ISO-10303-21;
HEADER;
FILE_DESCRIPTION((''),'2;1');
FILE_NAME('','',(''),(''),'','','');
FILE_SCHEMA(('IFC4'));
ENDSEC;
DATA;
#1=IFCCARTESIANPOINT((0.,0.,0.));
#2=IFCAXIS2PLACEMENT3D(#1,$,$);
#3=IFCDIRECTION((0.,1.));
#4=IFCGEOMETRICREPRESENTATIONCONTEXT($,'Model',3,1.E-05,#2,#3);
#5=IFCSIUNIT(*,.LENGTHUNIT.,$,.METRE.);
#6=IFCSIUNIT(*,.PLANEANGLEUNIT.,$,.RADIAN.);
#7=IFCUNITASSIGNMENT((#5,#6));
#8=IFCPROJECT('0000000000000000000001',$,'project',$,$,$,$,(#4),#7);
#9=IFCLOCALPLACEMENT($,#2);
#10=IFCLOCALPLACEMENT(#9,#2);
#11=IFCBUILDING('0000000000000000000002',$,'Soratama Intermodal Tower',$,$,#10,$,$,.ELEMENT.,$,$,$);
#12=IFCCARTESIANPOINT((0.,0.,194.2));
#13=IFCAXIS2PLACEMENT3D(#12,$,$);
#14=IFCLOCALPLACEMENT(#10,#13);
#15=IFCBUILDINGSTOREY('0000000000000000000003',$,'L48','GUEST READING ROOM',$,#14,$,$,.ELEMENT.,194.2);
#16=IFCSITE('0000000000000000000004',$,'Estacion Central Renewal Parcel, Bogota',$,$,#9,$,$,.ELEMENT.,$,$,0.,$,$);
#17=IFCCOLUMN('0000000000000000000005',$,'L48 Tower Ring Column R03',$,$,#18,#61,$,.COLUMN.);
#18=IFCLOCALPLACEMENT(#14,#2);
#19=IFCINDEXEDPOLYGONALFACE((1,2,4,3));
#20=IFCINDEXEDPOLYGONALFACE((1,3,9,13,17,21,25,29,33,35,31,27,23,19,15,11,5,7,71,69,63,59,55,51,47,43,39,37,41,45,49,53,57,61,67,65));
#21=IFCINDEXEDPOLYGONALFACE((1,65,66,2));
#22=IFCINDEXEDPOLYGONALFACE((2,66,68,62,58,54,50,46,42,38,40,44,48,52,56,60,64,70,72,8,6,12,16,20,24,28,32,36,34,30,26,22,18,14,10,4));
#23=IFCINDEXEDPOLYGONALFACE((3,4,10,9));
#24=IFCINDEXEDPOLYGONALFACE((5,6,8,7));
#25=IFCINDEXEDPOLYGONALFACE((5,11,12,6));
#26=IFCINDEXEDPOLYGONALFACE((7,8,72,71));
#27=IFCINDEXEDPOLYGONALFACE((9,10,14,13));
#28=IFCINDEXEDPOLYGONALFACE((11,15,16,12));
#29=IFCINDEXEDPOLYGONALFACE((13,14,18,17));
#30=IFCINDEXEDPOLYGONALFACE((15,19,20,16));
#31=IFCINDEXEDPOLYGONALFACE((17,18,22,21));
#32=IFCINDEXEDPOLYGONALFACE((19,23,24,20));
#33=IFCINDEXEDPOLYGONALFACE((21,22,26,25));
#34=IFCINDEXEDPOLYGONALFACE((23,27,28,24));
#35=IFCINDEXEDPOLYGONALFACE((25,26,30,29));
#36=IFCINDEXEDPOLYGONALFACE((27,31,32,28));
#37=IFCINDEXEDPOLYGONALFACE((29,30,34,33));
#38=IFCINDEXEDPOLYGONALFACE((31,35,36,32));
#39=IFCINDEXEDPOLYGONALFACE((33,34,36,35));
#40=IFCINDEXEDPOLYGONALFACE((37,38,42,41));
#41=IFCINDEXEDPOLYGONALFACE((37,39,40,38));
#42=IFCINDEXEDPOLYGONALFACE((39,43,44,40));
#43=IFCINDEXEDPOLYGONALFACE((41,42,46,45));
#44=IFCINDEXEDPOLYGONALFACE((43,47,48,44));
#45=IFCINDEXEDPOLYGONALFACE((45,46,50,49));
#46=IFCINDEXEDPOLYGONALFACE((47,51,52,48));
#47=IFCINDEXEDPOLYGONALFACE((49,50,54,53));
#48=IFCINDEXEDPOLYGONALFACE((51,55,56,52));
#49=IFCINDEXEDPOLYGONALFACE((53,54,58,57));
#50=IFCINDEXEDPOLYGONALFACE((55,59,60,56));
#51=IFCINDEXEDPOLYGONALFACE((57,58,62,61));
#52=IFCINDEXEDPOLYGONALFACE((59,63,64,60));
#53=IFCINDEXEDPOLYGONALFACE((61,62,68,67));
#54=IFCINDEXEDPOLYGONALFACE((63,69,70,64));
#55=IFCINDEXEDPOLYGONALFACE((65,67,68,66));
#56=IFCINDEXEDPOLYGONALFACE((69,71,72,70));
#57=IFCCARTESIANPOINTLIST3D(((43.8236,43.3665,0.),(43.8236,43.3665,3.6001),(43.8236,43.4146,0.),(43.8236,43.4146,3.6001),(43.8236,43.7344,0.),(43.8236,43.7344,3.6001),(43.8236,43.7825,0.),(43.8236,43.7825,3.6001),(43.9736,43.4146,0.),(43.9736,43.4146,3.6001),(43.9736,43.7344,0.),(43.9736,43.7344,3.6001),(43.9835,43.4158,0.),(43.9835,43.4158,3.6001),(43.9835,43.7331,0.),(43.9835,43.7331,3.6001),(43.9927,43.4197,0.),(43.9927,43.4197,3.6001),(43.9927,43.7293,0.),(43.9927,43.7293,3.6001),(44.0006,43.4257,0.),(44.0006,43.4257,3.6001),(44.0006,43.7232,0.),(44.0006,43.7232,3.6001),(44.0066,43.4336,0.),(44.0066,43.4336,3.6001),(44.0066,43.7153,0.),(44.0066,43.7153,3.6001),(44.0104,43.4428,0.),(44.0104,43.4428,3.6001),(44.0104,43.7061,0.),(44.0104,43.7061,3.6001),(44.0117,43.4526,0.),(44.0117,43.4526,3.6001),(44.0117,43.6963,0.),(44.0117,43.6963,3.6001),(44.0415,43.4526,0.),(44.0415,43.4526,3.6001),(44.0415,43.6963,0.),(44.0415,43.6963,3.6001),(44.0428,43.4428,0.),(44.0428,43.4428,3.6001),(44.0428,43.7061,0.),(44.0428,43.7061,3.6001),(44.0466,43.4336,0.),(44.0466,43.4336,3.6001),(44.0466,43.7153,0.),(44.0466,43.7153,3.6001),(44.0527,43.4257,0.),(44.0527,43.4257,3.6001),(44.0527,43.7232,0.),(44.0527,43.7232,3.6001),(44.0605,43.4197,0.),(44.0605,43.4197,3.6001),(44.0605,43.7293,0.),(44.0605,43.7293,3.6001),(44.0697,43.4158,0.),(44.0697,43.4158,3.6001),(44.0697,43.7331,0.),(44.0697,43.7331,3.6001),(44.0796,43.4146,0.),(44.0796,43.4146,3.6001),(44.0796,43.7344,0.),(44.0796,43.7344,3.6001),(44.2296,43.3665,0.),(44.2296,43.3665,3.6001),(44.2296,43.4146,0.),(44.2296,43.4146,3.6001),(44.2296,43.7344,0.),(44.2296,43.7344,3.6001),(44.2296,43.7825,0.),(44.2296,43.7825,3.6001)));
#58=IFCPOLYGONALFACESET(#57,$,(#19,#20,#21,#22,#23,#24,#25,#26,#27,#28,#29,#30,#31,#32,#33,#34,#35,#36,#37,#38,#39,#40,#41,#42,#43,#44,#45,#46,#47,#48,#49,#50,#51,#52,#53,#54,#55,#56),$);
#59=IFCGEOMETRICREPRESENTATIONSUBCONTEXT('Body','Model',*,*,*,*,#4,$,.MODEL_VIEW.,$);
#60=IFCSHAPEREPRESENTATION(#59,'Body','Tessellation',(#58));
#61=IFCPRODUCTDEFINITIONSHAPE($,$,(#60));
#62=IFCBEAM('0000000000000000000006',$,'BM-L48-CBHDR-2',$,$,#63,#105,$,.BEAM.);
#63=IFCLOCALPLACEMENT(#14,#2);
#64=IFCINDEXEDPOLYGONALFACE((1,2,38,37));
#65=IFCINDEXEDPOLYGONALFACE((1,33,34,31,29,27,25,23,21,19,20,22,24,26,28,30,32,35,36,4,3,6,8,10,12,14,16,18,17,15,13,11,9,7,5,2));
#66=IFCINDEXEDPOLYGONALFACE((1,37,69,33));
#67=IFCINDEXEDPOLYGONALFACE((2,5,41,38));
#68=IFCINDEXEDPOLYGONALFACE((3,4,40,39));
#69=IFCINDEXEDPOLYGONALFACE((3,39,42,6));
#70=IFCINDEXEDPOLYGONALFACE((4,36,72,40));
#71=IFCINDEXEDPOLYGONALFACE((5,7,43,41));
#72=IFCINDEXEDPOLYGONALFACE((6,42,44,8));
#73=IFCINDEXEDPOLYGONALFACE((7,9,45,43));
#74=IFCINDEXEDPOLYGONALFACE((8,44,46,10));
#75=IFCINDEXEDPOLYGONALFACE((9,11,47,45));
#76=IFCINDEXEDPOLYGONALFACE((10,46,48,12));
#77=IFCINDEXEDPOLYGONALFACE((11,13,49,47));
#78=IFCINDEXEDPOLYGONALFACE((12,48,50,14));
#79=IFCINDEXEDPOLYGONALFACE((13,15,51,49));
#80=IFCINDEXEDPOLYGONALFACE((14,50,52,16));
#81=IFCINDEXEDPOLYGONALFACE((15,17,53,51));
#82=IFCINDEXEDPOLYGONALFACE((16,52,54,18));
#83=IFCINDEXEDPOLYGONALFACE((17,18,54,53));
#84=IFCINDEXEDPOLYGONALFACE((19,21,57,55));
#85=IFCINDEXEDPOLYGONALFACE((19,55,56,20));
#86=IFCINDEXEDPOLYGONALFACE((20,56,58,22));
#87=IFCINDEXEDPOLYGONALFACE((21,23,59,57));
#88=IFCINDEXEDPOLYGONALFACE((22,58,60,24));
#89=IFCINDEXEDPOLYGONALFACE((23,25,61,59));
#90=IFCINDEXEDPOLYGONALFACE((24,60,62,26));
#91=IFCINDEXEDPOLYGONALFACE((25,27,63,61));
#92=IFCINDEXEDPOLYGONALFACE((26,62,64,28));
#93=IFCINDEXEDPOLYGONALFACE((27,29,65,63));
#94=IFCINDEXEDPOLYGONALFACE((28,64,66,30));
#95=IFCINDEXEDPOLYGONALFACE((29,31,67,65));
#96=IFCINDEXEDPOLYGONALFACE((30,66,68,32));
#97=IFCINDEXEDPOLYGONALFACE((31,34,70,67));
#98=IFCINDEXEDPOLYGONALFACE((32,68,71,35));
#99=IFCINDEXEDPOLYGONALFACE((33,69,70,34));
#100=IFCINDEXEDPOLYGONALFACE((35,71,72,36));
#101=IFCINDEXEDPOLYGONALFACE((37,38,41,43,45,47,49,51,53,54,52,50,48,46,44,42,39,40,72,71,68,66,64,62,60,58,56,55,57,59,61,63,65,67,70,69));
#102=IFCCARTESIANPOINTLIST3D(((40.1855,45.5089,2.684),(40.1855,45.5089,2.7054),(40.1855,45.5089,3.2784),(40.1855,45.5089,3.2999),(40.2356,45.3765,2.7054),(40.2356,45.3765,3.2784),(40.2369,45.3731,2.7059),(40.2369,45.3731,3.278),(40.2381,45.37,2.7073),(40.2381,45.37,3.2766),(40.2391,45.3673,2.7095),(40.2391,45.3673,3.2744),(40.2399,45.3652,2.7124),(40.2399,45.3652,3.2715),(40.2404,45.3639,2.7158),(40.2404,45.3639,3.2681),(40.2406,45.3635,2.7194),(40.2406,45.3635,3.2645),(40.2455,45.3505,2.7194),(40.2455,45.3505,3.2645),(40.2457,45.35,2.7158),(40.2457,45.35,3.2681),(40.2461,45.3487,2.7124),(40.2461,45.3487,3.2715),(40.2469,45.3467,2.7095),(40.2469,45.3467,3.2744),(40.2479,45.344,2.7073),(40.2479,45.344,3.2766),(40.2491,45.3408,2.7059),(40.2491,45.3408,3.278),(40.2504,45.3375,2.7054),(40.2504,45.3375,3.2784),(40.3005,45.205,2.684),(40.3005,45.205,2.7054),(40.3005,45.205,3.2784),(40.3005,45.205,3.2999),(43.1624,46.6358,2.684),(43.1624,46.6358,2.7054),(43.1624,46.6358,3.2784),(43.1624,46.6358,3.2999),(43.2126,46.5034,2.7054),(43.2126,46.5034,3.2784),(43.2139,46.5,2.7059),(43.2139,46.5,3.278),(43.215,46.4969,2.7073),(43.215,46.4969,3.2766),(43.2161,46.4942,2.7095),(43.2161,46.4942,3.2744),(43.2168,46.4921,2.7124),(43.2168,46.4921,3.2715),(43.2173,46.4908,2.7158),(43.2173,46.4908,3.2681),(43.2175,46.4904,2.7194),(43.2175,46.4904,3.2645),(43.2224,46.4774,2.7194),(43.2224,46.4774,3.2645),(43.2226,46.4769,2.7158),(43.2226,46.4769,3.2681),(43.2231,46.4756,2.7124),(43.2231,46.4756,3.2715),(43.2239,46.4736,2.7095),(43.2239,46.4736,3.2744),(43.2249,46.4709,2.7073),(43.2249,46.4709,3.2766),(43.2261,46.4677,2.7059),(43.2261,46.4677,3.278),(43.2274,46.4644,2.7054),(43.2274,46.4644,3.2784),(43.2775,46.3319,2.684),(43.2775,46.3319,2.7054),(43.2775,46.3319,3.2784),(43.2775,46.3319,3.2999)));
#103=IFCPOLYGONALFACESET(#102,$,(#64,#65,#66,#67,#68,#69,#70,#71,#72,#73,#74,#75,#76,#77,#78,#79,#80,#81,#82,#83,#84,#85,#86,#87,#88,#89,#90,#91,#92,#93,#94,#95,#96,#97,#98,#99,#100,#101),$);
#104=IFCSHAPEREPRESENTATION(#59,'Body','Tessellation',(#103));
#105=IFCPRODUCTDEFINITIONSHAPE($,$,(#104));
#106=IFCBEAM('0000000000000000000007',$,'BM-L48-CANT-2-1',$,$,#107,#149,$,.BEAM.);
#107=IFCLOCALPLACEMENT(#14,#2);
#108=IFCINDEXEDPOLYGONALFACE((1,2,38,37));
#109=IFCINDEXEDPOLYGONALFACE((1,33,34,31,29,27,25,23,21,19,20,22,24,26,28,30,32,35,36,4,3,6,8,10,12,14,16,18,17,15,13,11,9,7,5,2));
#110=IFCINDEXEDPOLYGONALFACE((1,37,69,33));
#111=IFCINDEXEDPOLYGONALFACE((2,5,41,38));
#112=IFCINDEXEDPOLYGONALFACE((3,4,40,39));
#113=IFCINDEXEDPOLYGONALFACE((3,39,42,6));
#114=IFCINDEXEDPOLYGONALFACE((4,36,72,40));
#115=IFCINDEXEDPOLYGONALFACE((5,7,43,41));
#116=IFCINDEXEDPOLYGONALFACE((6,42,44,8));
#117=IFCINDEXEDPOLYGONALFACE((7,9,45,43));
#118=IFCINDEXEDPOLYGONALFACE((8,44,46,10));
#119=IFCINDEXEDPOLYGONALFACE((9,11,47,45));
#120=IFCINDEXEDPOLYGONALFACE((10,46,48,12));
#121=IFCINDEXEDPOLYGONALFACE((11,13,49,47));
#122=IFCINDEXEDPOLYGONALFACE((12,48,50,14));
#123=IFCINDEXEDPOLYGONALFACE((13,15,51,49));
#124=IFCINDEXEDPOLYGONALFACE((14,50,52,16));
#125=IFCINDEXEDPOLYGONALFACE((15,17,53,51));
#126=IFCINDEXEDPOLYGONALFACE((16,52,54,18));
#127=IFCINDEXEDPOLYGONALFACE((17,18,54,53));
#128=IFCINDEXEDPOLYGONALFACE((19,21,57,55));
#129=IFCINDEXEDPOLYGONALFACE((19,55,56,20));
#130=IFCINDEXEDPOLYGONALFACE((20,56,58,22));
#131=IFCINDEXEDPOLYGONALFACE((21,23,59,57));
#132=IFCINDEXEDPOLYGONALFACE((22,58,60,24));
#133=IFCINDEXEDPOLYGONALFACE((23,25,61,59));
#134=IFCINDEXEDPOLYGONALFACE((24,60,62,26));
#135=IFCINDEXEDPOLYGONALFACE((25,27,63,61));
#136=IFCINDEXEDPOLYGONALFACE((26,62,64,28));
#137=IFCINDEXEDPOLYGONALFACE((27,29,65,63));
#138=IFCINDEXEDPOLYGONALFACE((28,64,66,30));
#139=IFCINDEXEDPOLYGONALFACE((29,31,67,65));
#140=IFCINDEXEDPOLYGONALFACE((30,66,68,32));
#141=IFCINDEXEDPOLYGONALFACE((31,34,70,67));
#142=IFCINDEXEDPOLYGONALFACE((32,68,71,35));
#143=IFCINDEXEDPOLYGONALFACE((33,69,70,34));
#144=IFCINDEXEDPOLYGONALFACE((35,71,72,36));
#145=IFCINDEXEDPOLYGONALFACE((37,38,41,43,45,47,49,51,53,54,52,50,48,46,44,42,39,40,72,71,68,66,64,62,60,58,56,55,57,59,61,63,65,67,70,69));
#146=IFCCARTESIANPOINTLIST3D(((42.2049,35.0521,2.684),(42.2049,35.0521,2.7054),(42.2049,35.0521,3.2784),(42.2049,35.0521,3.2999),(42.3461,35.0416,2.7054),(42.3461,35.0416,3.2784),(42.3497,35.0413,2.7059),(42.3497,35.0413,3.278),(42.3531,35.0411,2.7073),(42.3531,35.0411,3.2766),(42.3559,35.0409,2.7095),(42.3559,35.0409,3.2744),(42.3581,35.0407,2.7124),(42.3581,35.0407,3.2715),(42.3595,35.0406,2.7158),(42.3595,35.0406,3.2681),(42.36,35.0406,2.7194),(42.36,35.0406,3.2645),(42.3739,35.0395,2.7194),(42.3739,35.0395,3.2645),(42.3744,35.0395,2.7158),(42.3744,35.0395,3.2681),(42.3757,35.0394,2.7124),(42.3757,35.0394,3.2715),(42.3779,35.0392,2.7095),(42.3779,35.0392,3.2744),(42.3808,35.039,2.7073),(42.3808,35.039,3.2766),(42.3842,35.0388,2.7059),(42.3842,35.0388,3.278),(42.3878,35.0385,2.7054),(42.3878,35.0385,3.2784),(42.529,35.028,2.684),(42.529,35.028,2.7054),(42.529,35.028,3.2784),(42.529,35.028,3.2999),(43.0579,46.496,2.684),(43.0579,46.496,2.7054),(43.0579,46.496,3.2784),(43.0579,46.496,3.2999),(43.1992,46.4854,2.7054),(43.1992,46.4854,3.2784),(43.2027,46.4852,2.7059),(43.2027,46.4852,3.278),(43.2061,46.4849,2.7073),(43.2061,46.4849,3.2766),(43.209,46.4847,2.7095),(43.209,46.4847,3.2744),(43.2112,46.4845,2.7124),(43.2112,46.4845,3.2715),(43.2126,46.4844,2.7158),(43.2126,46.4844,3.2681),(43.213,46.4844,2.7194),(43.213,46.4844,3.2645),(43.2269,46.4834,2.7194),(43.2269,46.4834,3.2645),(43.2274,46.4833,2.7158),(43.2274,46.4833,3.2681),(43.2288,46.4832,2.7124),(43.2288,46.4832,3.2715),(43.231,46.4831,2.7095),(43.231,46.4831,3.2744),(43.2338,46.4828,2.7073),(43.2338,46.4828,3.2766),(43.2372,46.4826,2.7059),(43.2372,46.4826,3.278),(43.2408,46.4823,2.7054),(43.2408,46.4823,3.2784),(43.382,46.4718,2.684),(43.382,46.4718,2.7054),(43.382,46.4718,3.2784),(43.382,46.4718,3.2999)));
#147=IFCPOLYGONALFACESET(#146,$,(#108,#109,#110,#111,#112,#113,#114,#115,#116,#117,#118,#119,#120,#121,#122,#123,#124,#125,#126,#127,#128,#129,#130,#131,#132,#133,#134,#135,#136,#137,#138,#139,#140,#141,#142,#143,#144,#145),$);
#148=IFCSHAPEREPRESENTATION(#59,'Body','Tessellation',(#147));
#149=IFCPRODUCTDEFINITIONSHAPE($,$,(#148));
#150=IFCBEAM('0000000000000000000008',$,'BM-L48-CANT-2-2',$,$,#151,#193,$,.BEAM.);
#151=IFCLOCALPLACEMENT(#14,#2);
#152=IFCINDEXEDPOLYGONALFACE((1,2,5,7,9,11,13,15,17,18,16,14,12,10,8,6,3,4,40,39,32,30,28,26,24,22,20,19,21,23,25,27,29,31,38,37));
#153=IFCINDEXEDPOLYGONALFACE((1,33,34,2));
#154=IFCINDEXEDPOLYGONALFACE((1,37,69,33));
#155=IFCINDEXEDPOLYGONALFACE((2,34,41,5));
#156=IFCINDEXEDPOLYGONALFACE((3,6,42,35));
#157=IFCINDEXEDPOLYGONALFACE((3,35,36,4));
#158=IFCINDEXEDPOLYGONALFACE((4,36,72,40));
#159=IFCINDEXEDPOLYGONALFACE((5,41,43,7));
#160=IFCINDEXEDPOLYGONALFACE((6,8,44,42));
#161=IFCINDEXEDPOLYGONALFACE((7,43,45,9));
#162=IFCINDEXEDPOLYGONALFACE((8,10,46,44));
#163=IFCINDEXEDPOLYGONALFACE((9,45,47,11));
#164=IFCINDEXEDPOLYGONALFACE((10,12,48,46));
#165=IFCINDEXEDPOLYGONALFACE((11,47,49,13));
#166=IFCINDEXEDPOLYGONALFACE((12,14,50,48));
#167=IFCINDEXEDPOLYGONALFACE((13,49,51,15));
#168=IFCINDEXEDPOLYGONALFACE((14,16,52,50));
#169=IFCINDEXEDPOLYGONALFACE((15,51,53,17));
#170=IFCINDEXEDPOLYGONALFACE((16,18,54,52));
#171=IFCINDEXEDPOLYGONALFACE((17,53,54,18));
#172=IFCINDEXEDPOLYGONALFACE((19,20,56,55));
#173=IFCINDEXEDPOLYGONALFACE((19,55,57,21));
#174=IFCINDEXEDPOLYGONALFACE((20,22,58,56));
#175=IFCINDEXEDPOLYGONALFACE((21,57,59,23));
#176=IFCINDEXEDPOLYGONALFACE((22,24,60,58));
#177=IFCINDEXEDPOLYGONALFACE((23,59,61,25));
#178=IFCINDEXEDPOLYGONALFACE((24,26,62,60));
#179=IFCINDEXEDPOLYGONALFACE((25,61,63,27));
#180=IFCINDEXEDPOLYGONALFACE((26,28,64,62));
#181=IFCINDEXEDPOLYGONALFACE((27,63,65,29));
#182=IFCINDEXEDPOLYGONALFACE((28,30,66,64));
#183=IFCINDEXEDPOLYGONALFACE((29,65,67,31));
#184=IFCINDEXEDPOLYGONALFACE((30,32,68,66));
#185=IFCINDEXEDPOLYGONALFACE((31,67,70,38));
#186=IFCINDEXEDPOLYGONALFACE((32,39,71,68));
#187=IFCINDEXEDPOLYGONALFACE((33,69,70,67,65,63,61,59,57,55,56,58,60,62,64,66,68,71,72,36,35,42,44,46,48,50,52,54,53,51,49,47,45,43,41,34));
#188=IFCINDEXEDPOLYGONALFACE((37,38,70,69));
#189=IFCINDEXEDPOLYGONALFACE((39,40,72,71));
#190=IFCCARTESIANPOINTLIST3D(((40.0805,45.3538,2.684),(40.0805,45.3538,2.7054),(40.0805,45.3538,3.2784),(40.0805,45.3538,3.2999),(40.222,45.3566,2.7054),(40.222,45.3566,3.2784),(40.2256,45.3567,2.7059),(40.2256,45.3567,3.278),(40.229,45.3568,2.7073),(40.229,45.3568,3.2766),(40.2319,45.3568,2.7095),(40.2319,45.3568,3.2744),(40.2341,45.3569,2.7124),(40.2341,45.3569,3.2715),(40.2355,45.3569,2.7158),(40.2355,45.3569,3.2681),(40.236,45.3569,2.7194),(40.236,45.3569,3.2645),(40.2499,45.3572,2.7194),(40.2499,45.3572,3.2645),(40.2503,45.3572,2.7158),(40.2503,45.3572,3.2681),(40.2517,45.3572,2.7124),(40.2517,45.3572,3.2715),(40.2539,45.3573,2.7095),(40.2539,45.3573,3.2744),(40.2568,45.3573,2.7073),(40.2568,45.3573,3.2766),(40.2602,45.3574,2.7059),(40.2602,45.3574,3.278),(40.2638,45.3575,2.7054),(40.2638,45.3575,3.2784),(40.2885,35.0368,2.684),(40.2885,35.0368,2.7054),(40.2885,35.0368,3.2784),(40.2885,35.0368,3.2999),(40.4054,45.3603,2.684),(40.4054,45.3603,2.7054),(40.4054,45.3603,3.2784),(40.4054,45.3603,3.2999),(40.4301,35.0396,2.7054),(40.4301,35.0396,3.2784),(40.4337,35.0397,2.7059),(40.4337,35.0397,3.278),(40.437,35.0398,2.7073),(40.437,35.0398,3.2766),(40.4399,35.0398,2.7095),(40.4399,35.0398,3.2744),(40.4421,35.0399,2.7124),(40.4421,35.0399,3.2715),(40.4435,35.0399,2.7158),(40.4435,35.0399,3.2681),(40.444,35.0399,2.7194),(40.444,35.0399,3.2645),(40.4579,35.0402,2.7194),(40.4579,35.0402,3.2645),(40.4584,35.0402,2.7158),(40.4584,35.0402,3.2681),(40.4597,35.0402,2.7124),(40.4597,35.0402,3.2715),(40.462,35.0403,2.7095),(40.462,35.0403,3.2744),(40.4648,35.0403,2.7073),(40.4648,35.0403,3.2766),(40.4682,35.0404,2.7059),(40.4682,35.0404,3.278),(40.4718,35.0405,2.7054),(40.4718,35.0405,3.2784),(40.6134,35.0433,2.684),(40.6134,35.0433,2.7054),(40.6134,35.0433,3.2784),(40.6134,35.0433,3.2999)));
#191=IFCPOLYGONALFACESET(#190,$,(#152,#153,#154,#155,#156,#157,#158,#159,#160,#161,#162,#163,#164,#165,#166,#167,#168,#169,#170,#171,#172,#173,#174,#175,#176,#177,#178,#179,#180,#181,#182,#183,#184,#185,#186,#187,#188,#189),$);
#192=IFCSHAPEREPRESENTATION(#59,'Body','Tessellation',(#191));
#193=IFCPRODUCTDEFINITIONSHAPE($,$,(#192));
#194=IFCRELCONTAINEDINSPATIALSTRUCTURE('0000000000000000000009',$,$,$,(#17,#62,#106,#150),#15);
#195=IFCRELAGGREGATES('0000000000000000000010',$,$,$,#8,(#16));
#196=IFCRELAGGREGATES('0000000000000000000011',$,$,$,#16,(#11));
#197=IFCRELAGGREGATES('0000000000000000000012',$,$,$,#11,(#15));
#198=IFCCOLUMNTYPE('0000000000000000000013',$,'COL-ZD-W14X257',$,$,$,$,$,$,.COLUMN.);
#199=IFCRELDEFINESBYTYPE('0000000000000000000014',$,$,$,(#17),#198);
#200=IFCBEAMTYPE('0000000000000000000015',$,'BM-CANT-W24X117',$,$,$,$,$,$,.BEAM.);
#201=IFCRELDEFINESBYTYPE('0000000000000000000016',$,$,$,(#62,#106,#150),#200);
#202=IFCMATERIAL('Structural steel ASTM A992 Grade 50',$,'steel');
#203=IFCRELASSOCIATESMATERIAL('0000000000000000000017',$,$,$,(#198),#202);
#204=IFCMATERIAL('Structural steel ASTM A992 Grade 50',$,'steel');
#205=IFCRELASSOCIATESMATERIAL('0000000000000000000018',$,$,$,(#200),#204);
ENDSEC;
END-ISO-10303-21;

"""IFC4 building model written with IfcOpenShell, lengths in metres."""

from ifc_helpers import new_model, si_unit, direction, frame, origin, origin_2d, place, context, subcontext, project, spatial, i_section, extrude, material, material_profile, profile_set, type_object, element, save


model = new_model("IFC4")

# Units and contexts
model_context = context("Model", 3, precision=1e-05, world=origin(), true_north=direction((0.0, 1.0)))
body_context = subcontext(model_context, "Body", "Model", "MODEL_VIEW")
ifc_project = project(units=[si_unit("LENGTHUNIT", "METRE"), si_unit("PLANEANGLEUNIT", "RADIAN")], contexts=[model_context])

# Site, building, storey
site_placement = place(None, origin())
site = spatial("IfcSite", under=ifc_project, at=site_placement, Name="Estacion Central Renewal Parcel, Bogota", CompositionType="ELEMENT", RefElevation=0.0)
building_placement = place(site_placement, origin())
building = spatial("IfcBuilding", under=site, at=building_placement, Name="Soratama Intermodal Tower", CompositionType="ELEMENT")
storey_placement = place(building_placement, frame((0.0, 0.0, 194.2)))
storey = spatial("IfcBuildingStorey", under=building, at=storey_placement, Name="L48", Description="GUEST READING ROOM", CompositionType="ELEMENT", Elevation=194.2)

# Column
ifc_material_1 = material(Name="Structural steel ASTM A992 Grade 50", Category="steel")
ifc_material_profile_1 = material_profile(ifc_material_1, i_section(OverallWidth=0.406, OverallDepth=0.416, WebThickness=0.0298, FlangeThickness=0.0481, FilletRadius=0.0381, at=origin_2d()), Name="W14X257")
ifc_profile_set_1 = profile_set([ifc_material_profile_1], Name="Structural steel ASTM A992 Grade 50")
column_type = type_object("IfcColumnType", Name="COL-ZD-W14X257", PredefinedType="COLUMN", material=ifc_profile_set_1)
column_placement = place(storey_placement, frame((44.0266, 43.5745, 0.0), z_axis=(0.0, 0.0, 1.0), x_axis=(1.0, 0.0, 0.0)))
element("IfcColumn", 1, at=column_placement, inside=storey, type_object=column_type, Name="L48 Tower Ring Column R03", PredefinedType="COLUMN", context=body_context, shape_type="SweptSolid", body=[
    extrude(i_section(OverallWidth=0.406, OverallDepth=0.416, WebThickness=0.0298, FlangeThickness=0.0481, FilletRadius=0.0381, at=origin_2d()), origin(), (0.0, 0.0, 1.0), 3.6001),
])

# Beams
ifc_material_2 = material(Name="Structural steel ASTM A992 Grade 50", Category="steel")
ifc_material_profile_2 = material_profile(ifc_material_2, i_section(OverallWidth=0.325, OverallDepth=0.616, WebThickness=0.0139, FlangeThickness=0.0215, FilletRadius=0.0139, at=origin_2d()), Name="W24X117")
ifc_profile_set_2 = profile_set([ifc_material_profile_2], Name="Structural steel ASTM A992 Grade 50")
beam_type_1 = type_object("IfcBeamType", Name="BM-CANT-W24X117", PredefinedType="BEAM", material=ifc_profile_set_2)
beam_1_placement = place(storey_placement, frame((43.22, 46.4839, 2.9919), z_axis=(-0.935234, -0.35403, 0.0), x_axis=(0.35403, -0.935234, 0.0)))
element("IfcBeam", 2, at=beam_1_placement, inside=storey, type_object=beam_type_1, Name="BM-L48-CBHDR-2", PredefinedType="BEAM", context=body_context, shape_type="SweptSolid", body=[
    extrude(i_section(OverallWidth=0.325, OverallDepth=0.616, WebThickness=0.0139, FlangeThickness=0.0215, FilletRadius=0.0139, at=origin_2d()), origin(), (0.0, 0.0, 1.0), 3.1831),
])
beam_2_placement = place(storey_placement, frame((42.3669, 35.04, 2.9919), z_axis=(0.074334, 0.997233, 0.0), x_axis=(-0.997233, 0.074334, 0.0)))
element("IfcBeam", 3, at=beam_2_placement, inside=storey, type_object=beam_type_1, Name="BM-L48-CANT-2-1", PredefinedType="BEAM", context=body_context, shape_type="SweptSolid", body=[
    extrude(i_section(OverallWidth=0.325, OverallDepth=0.616, WebThickness=0.0139, FlangeThickness=0.0215, FilletRadius=0.0139, at=origin_2d()), origin(), (0.0, 0.0, 1.0), 11.4756),
])
beam_3_placement = place(storey_placement, frame((40.4509, 35.04, 2.9919), z_axis=(-0.020158, 0.999797, 0.0), x_axis=(-0.999797, -0.020158, 0.0)))
element("IfcBeam", 4, at=beam_3_placement, inside=storey, type_object=beam_type_1, Name="BM-L48-CANT-2-2", PredefinedType="BEAM", context=body_context, shape_type="SweptSolid", body=[
    extrude(i_section(OverallWidth=0.325, OverallDepth=0.616, WebThickness=0.0139, FlangeThickness=0.0215, FilletRadius=0.0139, at=origin_2d()), origin(), (0.0, 0.0, 1.0), 10.3191),
])

save(model, "model.ifc")
